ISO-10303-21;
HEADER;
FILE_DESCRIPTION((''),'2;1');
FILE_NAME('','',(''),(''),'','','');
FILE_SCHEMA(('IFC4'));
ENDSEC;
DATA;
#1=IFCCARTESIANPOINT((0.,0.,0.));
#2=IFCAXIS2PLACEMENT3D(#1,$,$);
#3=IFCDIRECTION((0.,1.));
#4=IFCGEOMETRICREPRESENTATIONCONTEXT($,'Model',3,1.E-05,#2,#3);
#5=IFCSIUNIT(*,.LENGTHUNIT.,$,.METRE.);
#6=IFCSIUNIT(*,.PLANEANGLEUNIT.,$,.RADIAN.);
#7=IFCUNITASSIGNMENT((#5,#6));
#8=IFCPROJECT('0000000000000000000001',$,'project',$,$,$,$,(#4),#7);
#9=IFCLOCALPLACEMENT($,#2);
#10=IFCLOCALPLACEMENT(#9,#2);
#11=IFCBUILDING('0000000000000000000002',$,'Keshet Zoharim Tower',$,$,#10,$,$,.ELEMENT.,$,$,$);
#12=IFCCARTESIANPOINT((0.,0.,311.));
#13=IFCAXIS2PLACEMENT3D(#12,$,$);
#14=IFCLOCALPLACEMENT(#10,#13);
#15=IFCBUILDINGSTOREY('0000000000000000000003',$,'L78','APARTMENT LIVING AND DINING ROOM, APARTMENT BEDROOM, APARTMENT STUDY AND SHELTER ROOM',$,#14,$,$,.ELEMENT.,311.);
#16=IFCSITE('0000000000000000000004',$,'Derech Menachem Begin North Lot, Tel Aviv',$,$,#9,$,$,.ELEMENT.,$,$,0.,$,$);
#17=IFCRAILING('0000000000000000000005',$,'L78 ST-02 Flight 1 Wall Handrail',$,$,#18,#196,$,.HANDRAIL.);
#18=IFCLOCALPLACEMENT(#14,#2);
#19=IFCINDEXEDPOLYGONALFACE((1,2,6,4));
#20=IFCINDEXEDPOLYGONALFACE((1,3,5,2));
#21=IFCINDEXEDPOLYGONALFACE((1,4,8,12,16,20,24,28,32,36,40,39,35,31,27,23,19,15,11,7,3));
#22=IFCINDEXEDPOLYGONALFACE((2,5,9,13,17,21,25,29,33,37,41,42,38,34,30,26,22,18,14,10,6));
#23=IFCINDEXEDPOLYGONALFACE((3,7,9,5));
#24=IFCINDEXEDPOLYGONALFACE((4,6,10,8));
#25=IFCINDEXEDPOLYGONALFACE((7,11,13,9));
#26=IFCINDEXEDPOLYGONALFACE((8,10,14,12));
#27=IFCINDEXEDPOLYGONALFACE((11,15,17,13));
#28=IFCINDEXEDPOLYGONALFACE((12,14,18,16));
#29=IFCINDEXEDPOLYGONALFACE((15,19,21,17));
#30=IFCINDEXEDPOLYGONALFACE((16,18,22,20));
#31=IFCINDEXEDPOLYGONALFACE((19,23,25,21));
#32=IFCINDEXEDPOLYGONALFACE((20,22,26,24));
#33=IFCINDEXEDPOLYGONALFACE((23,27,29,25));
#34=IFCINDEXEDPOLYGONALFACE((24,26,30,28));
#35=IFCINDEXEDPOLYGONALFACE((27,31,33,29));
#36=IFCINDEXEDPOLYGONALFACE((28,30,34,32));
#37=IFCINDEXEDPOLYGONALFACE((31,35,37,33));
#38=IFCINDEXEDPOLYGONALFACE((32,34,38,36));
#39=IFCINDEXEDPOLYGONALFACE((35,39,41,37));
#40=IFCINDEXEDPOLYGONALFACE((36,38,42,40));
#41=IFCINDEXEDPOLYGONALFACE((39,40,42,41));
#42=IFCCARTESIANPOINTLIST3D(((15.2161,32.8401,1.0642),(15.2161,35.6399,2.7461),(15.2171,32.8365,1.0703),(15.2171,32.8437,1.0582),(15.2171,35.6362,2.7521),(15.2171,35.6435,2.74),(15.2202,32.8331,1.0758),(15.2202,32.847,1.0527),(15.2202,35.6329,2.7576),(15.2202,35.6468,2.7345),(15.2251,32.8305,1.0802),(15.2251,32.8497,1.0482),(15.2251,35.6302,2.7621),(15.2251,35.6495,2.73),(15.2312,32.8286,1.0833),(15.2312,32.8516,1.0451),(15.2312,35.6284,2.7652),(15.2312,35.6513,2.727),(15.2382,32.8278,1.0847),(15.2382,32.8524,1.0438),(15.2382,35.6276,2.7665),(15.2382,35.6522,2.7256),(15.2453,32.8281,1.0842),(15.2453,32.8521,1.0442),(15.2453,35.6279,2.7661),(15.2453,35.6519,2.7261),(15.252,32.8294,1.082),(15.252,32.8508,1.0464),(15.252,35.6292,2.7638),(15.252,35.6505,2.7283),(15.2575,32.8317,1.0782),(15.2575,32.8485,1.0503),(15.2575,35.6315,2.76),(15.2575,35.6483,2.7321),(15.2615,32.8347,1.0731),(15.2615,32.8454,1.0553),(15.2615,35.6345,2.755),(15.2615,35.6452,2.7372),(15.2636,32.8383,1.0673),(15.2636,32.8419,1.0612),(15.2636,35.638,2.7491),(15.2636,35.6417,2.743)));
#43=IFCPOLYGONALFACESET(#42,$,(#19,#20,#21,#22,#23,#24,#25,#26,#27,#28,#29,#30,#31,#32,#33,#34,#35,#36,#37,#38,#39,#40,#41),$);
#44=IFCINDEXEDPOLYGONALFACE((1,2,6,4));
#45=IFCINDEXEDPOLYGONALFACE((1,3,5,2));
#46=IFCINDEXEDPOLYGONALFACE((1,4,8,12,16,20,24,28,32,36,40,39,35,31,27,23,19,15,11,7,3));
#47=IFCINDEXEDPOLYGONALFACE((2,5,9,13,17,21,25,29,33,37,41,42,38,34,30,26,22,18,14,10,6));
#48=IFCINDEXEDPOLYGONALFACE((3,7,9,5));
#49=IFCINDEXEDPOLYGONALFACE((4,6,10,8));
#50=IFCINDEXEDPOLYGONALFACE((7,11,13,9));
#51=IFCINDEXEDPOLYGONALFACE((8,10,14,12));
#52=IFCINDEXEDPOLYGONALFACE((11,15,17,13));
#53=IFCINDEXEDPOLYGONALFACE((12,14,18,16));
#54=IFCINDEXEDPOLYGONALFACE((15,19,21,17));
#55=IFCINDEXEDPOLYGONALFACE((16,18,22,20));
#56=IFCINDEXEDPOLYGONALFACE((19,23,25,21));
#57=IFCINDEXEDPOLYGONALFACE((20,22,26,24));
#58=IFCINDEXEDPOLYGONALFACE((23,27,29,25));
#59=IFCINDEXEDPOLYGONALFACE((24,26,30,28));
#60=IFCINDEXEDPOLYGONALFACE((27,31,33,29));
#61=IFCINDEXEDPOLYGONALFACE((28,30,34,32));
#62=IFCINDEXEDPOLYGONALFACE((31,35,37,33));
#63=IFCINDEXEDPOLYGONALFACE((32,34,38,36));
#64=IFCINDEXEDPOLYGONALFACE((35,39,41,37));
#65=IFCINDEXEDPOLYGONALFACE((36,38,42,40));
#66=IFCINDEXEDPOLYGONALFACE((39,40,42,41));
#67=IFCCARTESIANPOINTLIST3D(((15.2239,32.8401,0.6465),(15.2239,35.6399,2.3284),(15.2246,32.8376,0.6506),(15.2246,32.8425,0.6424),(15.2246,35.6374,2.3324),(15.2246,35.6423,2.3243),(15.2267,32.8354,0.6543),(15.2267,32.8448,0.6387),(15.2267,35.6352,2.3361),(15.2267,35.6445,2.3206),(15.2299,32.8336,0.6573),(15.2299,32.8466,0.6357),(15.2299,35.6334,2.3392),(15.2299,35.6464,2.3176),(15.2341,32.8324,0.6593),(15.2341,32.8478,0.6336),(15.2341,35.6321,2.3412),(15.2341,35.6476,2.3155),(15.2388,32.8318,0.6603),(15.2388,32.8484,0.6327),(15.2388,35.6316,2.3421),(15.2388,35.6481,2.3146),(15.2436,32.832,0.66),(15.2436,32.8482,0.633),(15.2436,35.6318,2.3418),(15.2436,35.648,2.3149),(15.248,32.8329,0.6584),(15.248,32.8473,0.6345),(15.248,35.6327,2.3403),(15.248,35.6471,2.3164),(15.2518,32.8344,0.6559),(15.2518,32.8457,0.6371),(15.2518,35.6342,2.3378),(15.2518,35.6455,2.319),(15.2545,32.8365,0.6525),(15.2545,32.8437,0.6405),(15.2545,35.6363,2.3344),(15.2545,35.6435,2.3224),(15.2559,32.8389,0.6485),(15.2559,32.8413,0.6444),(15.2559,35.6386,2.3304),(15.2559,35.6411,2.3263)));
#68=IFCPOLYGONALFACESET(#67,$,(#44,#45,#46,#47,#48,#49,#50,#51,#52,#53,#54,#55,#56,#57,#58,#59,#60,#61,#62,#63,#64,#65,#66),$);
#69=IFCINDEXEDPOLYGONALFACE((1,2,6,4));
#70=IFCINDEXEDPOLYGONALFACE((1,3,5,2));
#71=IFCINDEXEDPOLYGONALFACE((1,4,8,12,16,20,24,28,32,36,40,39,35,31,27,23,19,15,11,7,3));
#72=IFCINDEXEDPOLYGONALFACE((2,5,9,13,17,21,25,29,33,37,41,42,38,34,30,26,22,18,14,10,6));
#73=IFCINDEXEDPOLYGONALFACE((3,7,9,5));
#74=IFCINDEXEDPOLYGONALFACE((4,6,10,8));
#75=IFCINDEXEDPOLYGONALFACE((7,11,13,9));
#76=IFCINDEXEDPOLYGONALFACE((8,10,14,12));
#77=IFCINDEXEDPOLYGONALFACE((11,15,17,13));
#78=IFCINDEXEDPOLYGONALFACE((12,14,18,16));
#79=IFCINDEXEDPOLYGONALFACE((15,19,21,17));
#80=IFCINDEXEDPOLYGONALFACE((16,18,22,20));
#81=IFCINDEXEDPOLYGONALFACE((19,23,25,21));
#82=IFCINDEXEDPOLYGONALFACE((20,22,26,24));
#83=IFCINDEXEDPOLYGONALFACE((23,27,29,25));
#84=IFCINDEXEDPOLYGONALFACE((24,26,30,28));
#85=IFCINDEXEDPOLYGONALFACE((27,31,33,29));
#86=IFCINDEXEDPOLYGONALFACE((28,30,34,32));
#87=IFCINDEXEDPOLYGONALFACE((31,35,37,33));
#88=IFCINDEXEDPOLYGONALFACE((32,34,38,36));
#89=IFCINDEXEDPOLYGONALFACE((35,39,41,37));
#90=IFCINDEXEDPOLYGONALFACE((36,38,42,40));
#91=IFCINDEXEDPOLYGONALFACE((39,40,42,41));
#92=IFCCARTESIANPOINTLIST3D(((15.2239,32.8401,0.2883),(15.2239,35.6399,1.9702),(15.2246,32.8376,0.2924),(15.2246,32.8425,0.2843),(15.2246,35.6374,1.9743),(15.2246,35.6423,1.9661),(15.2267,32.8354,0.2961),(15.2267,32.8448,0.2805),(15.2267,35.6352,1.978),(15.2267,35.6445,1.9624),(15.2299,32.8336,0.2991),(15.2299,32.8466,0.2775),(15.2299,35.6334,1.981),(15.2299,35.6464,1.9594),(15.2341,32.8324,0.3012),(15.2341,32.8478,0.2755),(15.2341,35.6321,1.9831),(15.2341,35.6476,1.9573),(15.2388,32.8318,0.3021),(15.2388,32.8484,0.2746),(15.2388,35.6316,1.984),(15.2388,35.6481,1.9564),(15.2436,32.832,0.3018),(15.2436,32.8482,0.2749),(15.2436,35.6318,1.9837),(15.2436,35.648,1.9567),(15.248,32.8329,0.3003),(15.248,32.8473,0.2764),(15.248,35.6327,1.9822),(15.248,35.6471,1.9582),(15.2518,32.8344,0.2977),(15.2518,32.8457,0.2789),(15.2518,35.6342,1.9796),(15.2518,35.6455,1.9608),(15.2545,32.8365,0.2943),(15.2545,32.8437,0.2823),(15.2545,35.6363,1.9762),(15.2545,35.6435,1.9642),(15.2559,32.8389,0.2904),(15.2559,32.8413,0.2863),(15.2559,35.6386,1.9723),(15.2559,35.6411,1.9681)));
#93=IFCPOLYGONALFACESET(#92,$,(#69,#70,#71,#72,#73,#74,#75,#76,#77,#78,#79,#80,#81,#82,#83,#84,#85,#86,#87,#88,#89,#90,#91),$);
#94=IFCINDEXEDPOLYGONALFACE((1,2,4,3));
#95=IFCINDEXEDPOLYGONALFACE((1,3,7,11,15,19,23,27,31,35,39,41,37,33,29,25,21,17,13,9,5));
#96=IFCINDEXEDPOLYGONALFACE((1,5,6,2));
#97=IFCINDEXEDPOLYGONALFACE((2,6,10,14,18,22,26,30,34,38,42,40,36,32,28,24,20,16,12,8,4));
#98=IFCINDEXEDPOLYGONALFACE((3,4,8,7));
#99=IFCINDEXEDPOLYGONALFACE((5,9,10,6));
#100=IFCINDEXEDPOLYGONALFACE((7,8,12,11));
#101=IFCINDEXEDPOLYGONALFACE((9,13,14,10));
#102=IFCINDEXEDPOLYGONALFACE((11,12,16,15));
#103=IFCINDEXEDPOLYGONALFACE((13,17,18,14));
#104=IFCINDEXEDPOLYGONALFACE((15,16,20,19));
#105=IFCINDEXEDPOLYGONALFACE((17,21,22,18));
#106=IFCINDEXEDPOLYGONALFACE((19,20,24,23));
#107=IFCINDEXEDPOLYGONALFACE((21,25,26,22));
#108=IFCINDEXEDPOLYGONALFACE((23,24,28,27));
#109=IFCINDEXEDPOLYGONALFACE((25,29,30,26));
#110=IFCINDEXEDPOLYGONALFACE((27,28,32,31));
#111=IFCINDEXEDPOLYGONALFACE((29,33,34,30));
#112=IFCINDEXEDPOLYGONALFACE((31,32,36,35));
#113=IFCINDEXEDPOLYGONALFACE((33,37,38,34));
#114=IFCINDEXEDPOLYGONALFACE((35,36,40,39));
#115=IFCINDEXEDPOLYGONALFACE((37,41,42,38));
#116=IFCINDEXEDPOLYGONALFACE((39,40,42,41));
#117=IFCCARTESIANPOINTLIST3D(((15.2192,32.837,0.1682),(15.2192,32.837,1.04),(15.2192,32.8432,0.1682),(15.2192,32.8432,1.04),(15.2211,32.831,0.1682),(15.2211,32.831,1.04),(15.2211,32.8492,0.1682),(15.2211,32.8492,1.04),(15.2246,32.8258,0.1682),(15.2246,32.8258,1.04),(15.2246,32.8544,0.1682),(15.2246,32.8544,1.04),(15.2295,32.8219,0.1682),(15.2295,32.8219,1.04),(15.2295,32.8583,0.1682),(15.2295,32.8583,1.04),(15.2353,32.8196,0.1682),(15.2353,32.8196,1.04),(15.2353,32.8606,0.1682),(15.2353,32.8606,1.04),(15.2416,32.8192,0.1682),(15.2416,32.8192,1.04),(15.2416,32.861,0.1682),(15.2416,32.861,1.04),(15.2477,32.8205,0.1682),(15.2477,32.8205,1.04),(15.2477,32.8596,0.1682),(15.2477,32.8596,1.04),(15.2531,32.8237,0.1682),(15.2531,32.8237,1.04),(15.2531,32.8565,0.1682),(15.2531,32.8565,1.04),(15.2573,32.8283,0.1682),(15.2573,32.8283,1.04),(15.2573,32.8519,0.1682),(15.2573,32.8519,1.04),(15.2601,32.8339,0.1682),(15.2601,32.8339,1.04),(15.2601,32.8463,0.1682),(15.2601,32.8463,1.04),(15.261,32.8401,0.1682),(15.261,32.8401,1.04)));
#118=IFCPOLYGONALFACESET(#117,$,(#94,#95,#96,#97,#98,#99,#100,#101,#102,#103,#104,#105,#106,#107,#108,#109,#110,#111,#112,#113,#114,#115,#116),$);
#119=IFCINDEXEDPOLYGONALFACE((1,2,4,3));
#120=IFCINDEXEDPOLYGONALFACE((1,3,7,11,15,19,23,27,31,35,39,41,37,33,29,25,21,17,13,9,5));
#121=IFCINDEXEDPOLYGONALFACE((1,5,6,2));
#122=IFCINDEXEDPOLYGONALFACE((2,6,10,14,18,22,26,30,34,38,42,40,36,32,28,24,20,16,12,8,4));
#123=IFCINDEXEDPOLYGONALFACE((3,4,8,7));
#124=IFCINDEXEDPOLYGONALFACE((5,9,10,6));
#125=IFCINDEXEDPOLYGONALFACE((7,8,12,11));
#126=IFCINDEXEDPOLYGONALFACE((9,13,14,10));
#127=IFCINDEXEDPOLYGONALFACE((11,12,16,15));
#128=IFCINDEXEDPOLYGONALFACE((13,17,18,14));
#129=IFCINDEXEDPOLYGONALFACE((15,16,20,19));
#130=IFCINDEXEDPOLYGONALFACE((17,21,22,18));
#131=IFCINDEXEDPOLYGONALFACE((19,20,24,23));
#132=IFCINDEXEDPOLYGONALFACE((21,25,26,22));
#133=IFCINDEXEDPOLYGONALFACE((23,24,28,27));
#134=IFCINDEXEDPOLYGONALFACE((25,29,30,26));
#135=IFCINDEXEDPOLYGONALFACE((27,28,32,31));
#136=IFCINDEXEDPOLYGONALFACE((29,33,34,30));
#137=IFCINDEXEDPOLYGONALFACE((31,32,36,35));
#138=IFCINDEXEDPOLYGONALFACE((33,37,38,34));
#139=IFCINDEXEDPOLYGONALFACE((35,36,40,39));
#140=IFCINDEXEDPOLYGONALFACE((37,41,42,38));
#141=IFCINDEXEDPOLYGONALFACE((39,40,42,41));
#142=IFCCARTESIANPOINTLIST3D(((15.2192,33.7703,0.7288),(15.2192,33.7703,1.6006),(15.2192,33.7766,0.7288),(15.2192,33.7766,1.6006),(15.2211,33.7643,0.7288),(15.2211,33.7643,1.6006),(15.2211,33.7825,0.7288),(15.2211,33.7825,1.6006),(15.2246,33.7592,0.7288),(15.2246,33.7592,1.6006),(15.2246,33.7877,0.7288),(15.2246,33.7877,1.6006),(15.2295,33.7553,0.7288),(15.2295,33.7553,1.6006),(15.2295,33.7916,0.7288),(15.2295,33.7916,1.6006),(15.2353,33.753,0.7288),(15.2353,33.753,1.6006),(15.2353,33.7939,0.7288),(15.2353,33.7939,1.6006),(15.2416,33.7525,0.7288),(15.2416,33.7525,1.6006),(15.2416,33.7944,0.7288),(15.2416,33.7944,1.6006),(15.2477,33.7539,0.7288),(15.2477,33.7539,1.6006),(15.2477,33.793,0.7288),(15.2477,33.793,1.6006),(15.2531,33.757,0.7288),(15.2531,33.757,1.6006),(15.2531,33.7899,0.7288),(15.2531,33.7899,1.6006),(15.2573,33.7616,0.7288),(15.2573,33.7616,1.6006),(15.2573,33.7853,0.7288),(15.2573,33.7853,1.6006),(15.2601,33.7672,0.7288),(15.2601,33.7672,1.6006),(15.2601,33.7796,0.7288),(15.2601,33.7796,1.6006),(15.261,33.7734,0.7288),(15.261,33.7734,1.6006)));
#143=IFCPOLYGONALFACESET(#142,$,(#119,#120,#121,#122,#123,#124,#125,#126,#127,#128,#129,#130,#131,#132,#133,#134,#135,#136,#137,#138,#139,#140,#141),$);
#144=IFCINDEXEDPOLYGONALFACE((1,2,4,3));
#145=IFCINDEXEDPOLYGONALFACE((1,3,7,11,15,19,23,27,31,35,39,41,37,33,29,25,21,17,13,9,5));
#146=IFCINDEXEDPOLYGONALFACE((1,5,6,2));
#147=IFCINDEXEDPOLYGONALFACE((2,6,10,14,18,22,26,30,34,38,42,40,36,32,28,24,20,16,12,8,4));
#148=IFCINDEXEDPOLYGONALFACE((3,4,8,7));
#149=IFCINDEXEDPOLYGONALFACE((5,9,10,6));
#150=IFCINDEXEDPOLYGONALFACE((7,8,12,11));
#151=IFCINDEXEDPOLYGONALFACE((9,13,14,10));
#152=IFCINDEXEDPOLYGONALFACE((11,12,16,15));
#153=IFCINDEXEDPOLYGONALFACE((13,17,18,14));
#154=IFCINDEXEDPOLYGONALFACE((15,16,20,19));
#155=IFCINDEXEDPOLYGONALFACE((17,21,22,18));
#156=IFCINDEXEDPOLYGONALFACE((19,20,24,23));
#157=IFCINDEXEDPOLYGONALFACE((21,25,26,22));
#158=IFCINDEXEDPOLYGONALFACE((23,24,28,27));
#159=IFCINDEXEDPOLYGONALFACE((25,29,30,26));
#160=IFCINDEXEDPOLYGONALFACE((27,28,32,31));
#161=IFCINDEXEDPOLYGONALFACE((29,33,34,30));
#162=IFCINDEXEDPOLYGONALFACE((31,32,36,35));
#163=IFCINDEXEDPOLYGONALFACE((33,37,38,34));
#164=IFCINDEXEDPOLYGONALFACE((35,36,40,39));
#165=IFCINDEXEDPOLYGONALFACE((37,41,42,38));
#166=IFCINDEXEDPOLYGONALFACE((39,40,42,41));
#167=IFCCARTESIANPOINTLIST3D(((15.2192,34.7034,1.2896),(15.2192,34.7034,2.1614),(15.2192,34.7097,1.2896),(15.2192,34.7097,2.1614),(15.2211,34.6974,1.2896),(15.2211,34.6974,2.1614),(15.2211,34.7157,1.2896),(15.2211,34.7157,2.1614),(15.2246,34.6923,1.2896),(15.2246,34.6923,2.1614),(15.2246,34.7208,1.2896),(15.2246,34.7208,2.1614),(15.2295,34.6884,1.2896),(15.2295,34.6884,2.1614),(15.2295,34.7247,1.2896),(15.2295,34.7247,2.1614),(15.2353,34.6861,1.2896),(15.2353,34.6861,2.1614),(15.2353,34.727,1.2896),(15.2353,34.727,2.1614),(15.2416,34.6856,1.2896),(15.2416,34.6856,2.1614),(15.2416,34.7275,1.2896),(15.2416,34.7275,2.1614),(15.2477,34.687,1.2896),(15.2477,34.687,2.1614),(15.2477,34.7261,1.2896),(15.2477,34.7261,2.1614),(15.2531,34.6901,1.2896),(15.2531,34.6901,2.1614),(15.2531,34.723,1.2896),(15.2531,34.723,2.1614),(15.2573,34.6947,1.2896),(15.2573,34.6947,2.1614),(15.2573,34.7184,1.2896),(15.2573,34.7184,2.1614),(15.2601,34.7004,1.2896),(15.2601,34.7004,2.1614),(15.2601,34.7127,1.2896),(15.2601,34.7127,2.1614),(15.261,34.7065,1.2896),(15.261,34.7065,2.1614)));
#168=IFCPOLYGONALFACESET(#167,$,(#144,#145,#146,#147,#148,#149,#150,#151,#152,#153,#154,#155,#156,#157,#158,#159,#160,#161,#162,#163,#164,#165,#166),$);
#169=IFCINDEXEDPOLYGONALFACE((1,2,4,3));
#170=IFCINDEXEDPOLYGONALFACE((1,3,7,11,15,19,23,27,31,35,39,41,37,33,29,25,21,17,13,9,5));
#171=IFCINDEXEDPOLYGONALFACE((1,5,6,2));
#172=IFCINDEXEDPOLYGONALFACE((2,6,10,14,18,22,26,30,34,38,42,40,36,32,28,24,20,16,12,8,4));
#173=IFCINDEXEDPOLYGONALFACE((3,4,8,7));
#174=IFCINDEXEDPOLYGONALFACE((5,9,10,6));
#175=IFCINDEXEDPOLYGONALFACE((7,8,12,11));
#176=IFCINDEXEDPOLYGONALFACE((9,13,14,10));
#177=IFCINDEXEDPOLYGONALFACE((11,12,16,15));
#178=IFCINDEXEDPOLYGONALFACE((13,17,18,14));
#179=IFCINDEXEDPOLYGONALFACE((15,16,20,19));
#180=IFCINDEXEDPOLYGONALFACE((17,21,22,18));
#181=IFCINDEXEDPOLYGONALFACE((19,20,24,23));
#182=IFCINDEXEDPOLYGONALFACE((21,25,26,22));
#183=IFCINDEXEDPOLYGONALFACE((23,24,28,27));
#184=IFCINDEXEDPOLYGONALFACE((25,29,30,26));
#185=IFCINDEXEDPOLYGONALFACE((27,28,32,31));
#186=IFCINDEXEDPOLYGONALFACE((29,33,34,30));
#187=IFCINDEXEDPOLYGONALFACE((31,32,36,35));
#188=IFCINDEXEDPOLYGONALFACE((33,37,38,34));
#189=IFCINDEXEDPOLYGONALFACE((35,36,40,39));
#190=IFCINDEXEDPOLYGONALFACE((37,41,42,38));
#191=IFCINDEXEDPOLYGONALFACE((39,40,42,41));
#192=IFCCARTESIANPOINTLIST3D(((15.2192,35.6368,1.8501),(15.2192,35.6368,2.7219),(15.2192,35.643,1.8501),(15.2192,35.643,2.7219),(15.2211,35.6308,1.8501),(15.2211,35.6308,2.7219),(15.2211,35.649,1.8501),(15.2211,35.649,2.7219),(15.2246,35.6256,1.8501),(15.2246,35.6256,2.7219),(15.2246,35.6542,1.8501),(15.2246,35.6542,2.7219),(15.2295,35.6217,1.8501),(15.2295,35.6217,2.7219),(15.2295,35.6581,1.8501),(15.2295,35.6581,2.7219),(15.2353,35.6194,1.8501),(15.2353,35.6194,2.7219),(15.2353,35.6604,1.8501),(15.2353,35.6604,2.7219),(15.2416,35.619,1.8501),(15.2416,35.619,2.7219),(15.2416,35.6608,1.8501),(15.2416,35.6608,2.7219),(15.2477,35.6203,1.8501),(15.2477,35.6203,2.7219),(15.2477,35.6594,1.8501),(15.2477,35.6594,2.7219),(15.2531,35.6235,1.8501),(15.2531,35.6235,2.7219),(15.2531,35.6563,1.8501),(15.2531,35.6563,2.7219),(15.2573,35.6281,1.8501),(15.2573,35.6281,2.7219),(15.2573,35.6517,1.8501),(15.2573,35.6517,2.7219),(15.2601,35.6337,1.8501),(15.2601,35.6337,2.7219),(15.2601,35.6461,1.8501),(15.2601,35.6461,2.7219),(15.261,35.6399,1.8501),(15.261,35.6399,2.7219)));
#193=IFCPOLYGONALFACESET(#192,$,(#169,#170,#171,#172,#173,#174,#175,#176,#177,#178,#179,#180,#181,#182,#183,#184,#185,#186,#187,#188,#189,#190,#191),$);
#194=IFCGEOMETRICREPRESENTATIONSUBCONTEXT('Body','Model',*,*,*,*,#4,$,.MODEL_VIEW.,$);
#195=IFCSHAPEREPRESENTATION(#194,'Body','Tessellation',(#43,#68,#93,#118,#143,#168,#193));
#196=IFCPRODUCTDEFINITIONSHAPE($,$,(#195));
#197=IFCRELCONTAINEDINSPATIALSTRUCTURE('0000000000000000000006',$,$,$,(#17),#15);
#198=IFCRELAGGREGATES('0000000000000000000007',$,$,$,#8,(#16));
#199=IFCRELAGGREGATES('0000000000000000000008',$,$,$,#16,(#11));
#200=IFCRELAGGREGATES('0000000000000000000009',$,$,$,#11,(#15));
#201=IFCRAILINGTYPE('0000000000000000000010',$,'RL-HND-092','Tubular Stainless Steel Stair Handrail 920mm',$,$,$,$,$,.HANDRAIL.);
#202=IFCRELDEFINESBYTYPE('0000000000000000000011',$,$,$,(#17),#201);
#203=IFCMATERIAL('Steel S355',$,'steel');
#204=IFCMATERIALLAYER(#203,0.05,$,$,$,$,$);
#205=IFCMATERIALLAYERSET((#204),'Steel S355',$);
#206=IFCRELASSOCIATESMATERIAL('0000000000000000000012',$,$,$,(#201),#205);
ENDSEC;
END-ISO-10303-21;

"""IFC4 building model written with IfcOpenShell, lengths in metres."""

from ifc_helpers import new_model, si_unit, direction, frame, origin, origin_2d, place, context, subcontext, project, spatial, circle, extrude, material, layer, layer_set, type_object, element, save


model = new_model("IFC4")

# Units and contexts
model_context = context("Model", 3, precision=1e-05, world=origin(), true_north=direction((0.0, 1.0)))
body_context = subcontext(model_context, "Body", "Model", "MODEL_VIEW")
ifc_project = project(units=[si_unit("LENGTHUNIT", "METRE"), si_unit("PLANEANGLEUNIT", "RADIAN")], contexts=[model_context])

# Site, building, storey
site_placement = place(None, origin())
site = spatial("IfcSite", under=ifc_project, at=site_placement, Name="Derech Menachem Begin North Lot, Tel Aviv", CompositionType="ELEMENT", RefElevation=0.0)
building_placement = place(site_placement, origin())
building = spatial("IfcBuilding", under=site, at=building_placement, Name="Keshet Zoharim Tower", CompositionType="ELEMENT")
storey_placement = place(building_placement, frame((0.0, 0.0, 311.0)))
storey = spatial("IfcBuildingStorey", under=building, at=storey_placement, Name="L78", Description="APARTMENT LIVING AND DINING ROOM, APARTMENT BEDROOM, APARTMENT STUDY AND SHELTER ROOM", CompositionType="ELEMENT", Elevation=311.0)

# Shared definitions
ifc_material_1 = material(Name="Steel S355", Category="steel")

# Railing
ifc_layer_1 = layer(ifc_material_1, 0.05)
ifc_layer_set_1 = layer_set([ifc_layer_1], Name="Steel S355")
railing_type_1 = type_object("IfcRailingType", Name="RL-HND-092", Description="Tubular Stainless Steel Stair Handrail 920mm", PredefinedType="HANDRAIL", material=ifc_layer_set_1)
railing_1_placement = place(storey_placement, frame((15.24, 32.8401, 0.1682)))
element("IfcRailing", 1, at=railing_1_placement, inside=storey, type_object=railing_type_1, Name="L78 ST-02 Flight 1 Wall Handrail", PredefinedType="HANDRAIL", context=body_context, shape_type="SweptSolid", body=[
    extrude(circle(Radius=0.0239, at=origin_2d()), frame((0.0, 0.0, 0.896), z_axis=(0.0, 0.857222, 0.514946), x_axis=(-1.0, 0.0, 0.0)), (0.0, 0.0, 1.0), 3.2661),
    extrude(circle(Radius=0.0161, at=origin_2d()), frame((0.0, 0.0, 0.4783), z_axis=(0.0, 0.857222, 0.514946), x_axis=(-1.0, 0.0, 0.0)), (0.0, 0.0, 1.0), 3.2661),
    extrude(circle(Radius=0.0161, at=origin_2d()), frame((0.0, 0.0, 0.1201), z_axis=(0.0, 0.857222, 0.514946), x_axis=(-1.0, 0.0, 0.0)), (0.0, 0.0, 1.0), 3.2661),
    extrude(circle(Radius=0.021, at=origin_2d()), origin(), (0.0, 0.0, 1.0), 0.8718),
    extrude(circle(Radius=0.021, at=origin_2d()), frame((0.0, 0.9333, 0.5605)), (0.0, 0.0, 1.0), 0.8718),
    extrude(circle(Radius=0.021, at=origin_2d()), frame((0.0, 1.8665, 1.1213)), (0.0, 0.0, 1.0), 0.8718),
    extrude(circle(Radius=0.021, at=origin_2d()), frame((0.0, 2.7998, 1.6819)), (0.0, 0.0, 1.0), 0.8718),
])

save(model, "model.ifc")
